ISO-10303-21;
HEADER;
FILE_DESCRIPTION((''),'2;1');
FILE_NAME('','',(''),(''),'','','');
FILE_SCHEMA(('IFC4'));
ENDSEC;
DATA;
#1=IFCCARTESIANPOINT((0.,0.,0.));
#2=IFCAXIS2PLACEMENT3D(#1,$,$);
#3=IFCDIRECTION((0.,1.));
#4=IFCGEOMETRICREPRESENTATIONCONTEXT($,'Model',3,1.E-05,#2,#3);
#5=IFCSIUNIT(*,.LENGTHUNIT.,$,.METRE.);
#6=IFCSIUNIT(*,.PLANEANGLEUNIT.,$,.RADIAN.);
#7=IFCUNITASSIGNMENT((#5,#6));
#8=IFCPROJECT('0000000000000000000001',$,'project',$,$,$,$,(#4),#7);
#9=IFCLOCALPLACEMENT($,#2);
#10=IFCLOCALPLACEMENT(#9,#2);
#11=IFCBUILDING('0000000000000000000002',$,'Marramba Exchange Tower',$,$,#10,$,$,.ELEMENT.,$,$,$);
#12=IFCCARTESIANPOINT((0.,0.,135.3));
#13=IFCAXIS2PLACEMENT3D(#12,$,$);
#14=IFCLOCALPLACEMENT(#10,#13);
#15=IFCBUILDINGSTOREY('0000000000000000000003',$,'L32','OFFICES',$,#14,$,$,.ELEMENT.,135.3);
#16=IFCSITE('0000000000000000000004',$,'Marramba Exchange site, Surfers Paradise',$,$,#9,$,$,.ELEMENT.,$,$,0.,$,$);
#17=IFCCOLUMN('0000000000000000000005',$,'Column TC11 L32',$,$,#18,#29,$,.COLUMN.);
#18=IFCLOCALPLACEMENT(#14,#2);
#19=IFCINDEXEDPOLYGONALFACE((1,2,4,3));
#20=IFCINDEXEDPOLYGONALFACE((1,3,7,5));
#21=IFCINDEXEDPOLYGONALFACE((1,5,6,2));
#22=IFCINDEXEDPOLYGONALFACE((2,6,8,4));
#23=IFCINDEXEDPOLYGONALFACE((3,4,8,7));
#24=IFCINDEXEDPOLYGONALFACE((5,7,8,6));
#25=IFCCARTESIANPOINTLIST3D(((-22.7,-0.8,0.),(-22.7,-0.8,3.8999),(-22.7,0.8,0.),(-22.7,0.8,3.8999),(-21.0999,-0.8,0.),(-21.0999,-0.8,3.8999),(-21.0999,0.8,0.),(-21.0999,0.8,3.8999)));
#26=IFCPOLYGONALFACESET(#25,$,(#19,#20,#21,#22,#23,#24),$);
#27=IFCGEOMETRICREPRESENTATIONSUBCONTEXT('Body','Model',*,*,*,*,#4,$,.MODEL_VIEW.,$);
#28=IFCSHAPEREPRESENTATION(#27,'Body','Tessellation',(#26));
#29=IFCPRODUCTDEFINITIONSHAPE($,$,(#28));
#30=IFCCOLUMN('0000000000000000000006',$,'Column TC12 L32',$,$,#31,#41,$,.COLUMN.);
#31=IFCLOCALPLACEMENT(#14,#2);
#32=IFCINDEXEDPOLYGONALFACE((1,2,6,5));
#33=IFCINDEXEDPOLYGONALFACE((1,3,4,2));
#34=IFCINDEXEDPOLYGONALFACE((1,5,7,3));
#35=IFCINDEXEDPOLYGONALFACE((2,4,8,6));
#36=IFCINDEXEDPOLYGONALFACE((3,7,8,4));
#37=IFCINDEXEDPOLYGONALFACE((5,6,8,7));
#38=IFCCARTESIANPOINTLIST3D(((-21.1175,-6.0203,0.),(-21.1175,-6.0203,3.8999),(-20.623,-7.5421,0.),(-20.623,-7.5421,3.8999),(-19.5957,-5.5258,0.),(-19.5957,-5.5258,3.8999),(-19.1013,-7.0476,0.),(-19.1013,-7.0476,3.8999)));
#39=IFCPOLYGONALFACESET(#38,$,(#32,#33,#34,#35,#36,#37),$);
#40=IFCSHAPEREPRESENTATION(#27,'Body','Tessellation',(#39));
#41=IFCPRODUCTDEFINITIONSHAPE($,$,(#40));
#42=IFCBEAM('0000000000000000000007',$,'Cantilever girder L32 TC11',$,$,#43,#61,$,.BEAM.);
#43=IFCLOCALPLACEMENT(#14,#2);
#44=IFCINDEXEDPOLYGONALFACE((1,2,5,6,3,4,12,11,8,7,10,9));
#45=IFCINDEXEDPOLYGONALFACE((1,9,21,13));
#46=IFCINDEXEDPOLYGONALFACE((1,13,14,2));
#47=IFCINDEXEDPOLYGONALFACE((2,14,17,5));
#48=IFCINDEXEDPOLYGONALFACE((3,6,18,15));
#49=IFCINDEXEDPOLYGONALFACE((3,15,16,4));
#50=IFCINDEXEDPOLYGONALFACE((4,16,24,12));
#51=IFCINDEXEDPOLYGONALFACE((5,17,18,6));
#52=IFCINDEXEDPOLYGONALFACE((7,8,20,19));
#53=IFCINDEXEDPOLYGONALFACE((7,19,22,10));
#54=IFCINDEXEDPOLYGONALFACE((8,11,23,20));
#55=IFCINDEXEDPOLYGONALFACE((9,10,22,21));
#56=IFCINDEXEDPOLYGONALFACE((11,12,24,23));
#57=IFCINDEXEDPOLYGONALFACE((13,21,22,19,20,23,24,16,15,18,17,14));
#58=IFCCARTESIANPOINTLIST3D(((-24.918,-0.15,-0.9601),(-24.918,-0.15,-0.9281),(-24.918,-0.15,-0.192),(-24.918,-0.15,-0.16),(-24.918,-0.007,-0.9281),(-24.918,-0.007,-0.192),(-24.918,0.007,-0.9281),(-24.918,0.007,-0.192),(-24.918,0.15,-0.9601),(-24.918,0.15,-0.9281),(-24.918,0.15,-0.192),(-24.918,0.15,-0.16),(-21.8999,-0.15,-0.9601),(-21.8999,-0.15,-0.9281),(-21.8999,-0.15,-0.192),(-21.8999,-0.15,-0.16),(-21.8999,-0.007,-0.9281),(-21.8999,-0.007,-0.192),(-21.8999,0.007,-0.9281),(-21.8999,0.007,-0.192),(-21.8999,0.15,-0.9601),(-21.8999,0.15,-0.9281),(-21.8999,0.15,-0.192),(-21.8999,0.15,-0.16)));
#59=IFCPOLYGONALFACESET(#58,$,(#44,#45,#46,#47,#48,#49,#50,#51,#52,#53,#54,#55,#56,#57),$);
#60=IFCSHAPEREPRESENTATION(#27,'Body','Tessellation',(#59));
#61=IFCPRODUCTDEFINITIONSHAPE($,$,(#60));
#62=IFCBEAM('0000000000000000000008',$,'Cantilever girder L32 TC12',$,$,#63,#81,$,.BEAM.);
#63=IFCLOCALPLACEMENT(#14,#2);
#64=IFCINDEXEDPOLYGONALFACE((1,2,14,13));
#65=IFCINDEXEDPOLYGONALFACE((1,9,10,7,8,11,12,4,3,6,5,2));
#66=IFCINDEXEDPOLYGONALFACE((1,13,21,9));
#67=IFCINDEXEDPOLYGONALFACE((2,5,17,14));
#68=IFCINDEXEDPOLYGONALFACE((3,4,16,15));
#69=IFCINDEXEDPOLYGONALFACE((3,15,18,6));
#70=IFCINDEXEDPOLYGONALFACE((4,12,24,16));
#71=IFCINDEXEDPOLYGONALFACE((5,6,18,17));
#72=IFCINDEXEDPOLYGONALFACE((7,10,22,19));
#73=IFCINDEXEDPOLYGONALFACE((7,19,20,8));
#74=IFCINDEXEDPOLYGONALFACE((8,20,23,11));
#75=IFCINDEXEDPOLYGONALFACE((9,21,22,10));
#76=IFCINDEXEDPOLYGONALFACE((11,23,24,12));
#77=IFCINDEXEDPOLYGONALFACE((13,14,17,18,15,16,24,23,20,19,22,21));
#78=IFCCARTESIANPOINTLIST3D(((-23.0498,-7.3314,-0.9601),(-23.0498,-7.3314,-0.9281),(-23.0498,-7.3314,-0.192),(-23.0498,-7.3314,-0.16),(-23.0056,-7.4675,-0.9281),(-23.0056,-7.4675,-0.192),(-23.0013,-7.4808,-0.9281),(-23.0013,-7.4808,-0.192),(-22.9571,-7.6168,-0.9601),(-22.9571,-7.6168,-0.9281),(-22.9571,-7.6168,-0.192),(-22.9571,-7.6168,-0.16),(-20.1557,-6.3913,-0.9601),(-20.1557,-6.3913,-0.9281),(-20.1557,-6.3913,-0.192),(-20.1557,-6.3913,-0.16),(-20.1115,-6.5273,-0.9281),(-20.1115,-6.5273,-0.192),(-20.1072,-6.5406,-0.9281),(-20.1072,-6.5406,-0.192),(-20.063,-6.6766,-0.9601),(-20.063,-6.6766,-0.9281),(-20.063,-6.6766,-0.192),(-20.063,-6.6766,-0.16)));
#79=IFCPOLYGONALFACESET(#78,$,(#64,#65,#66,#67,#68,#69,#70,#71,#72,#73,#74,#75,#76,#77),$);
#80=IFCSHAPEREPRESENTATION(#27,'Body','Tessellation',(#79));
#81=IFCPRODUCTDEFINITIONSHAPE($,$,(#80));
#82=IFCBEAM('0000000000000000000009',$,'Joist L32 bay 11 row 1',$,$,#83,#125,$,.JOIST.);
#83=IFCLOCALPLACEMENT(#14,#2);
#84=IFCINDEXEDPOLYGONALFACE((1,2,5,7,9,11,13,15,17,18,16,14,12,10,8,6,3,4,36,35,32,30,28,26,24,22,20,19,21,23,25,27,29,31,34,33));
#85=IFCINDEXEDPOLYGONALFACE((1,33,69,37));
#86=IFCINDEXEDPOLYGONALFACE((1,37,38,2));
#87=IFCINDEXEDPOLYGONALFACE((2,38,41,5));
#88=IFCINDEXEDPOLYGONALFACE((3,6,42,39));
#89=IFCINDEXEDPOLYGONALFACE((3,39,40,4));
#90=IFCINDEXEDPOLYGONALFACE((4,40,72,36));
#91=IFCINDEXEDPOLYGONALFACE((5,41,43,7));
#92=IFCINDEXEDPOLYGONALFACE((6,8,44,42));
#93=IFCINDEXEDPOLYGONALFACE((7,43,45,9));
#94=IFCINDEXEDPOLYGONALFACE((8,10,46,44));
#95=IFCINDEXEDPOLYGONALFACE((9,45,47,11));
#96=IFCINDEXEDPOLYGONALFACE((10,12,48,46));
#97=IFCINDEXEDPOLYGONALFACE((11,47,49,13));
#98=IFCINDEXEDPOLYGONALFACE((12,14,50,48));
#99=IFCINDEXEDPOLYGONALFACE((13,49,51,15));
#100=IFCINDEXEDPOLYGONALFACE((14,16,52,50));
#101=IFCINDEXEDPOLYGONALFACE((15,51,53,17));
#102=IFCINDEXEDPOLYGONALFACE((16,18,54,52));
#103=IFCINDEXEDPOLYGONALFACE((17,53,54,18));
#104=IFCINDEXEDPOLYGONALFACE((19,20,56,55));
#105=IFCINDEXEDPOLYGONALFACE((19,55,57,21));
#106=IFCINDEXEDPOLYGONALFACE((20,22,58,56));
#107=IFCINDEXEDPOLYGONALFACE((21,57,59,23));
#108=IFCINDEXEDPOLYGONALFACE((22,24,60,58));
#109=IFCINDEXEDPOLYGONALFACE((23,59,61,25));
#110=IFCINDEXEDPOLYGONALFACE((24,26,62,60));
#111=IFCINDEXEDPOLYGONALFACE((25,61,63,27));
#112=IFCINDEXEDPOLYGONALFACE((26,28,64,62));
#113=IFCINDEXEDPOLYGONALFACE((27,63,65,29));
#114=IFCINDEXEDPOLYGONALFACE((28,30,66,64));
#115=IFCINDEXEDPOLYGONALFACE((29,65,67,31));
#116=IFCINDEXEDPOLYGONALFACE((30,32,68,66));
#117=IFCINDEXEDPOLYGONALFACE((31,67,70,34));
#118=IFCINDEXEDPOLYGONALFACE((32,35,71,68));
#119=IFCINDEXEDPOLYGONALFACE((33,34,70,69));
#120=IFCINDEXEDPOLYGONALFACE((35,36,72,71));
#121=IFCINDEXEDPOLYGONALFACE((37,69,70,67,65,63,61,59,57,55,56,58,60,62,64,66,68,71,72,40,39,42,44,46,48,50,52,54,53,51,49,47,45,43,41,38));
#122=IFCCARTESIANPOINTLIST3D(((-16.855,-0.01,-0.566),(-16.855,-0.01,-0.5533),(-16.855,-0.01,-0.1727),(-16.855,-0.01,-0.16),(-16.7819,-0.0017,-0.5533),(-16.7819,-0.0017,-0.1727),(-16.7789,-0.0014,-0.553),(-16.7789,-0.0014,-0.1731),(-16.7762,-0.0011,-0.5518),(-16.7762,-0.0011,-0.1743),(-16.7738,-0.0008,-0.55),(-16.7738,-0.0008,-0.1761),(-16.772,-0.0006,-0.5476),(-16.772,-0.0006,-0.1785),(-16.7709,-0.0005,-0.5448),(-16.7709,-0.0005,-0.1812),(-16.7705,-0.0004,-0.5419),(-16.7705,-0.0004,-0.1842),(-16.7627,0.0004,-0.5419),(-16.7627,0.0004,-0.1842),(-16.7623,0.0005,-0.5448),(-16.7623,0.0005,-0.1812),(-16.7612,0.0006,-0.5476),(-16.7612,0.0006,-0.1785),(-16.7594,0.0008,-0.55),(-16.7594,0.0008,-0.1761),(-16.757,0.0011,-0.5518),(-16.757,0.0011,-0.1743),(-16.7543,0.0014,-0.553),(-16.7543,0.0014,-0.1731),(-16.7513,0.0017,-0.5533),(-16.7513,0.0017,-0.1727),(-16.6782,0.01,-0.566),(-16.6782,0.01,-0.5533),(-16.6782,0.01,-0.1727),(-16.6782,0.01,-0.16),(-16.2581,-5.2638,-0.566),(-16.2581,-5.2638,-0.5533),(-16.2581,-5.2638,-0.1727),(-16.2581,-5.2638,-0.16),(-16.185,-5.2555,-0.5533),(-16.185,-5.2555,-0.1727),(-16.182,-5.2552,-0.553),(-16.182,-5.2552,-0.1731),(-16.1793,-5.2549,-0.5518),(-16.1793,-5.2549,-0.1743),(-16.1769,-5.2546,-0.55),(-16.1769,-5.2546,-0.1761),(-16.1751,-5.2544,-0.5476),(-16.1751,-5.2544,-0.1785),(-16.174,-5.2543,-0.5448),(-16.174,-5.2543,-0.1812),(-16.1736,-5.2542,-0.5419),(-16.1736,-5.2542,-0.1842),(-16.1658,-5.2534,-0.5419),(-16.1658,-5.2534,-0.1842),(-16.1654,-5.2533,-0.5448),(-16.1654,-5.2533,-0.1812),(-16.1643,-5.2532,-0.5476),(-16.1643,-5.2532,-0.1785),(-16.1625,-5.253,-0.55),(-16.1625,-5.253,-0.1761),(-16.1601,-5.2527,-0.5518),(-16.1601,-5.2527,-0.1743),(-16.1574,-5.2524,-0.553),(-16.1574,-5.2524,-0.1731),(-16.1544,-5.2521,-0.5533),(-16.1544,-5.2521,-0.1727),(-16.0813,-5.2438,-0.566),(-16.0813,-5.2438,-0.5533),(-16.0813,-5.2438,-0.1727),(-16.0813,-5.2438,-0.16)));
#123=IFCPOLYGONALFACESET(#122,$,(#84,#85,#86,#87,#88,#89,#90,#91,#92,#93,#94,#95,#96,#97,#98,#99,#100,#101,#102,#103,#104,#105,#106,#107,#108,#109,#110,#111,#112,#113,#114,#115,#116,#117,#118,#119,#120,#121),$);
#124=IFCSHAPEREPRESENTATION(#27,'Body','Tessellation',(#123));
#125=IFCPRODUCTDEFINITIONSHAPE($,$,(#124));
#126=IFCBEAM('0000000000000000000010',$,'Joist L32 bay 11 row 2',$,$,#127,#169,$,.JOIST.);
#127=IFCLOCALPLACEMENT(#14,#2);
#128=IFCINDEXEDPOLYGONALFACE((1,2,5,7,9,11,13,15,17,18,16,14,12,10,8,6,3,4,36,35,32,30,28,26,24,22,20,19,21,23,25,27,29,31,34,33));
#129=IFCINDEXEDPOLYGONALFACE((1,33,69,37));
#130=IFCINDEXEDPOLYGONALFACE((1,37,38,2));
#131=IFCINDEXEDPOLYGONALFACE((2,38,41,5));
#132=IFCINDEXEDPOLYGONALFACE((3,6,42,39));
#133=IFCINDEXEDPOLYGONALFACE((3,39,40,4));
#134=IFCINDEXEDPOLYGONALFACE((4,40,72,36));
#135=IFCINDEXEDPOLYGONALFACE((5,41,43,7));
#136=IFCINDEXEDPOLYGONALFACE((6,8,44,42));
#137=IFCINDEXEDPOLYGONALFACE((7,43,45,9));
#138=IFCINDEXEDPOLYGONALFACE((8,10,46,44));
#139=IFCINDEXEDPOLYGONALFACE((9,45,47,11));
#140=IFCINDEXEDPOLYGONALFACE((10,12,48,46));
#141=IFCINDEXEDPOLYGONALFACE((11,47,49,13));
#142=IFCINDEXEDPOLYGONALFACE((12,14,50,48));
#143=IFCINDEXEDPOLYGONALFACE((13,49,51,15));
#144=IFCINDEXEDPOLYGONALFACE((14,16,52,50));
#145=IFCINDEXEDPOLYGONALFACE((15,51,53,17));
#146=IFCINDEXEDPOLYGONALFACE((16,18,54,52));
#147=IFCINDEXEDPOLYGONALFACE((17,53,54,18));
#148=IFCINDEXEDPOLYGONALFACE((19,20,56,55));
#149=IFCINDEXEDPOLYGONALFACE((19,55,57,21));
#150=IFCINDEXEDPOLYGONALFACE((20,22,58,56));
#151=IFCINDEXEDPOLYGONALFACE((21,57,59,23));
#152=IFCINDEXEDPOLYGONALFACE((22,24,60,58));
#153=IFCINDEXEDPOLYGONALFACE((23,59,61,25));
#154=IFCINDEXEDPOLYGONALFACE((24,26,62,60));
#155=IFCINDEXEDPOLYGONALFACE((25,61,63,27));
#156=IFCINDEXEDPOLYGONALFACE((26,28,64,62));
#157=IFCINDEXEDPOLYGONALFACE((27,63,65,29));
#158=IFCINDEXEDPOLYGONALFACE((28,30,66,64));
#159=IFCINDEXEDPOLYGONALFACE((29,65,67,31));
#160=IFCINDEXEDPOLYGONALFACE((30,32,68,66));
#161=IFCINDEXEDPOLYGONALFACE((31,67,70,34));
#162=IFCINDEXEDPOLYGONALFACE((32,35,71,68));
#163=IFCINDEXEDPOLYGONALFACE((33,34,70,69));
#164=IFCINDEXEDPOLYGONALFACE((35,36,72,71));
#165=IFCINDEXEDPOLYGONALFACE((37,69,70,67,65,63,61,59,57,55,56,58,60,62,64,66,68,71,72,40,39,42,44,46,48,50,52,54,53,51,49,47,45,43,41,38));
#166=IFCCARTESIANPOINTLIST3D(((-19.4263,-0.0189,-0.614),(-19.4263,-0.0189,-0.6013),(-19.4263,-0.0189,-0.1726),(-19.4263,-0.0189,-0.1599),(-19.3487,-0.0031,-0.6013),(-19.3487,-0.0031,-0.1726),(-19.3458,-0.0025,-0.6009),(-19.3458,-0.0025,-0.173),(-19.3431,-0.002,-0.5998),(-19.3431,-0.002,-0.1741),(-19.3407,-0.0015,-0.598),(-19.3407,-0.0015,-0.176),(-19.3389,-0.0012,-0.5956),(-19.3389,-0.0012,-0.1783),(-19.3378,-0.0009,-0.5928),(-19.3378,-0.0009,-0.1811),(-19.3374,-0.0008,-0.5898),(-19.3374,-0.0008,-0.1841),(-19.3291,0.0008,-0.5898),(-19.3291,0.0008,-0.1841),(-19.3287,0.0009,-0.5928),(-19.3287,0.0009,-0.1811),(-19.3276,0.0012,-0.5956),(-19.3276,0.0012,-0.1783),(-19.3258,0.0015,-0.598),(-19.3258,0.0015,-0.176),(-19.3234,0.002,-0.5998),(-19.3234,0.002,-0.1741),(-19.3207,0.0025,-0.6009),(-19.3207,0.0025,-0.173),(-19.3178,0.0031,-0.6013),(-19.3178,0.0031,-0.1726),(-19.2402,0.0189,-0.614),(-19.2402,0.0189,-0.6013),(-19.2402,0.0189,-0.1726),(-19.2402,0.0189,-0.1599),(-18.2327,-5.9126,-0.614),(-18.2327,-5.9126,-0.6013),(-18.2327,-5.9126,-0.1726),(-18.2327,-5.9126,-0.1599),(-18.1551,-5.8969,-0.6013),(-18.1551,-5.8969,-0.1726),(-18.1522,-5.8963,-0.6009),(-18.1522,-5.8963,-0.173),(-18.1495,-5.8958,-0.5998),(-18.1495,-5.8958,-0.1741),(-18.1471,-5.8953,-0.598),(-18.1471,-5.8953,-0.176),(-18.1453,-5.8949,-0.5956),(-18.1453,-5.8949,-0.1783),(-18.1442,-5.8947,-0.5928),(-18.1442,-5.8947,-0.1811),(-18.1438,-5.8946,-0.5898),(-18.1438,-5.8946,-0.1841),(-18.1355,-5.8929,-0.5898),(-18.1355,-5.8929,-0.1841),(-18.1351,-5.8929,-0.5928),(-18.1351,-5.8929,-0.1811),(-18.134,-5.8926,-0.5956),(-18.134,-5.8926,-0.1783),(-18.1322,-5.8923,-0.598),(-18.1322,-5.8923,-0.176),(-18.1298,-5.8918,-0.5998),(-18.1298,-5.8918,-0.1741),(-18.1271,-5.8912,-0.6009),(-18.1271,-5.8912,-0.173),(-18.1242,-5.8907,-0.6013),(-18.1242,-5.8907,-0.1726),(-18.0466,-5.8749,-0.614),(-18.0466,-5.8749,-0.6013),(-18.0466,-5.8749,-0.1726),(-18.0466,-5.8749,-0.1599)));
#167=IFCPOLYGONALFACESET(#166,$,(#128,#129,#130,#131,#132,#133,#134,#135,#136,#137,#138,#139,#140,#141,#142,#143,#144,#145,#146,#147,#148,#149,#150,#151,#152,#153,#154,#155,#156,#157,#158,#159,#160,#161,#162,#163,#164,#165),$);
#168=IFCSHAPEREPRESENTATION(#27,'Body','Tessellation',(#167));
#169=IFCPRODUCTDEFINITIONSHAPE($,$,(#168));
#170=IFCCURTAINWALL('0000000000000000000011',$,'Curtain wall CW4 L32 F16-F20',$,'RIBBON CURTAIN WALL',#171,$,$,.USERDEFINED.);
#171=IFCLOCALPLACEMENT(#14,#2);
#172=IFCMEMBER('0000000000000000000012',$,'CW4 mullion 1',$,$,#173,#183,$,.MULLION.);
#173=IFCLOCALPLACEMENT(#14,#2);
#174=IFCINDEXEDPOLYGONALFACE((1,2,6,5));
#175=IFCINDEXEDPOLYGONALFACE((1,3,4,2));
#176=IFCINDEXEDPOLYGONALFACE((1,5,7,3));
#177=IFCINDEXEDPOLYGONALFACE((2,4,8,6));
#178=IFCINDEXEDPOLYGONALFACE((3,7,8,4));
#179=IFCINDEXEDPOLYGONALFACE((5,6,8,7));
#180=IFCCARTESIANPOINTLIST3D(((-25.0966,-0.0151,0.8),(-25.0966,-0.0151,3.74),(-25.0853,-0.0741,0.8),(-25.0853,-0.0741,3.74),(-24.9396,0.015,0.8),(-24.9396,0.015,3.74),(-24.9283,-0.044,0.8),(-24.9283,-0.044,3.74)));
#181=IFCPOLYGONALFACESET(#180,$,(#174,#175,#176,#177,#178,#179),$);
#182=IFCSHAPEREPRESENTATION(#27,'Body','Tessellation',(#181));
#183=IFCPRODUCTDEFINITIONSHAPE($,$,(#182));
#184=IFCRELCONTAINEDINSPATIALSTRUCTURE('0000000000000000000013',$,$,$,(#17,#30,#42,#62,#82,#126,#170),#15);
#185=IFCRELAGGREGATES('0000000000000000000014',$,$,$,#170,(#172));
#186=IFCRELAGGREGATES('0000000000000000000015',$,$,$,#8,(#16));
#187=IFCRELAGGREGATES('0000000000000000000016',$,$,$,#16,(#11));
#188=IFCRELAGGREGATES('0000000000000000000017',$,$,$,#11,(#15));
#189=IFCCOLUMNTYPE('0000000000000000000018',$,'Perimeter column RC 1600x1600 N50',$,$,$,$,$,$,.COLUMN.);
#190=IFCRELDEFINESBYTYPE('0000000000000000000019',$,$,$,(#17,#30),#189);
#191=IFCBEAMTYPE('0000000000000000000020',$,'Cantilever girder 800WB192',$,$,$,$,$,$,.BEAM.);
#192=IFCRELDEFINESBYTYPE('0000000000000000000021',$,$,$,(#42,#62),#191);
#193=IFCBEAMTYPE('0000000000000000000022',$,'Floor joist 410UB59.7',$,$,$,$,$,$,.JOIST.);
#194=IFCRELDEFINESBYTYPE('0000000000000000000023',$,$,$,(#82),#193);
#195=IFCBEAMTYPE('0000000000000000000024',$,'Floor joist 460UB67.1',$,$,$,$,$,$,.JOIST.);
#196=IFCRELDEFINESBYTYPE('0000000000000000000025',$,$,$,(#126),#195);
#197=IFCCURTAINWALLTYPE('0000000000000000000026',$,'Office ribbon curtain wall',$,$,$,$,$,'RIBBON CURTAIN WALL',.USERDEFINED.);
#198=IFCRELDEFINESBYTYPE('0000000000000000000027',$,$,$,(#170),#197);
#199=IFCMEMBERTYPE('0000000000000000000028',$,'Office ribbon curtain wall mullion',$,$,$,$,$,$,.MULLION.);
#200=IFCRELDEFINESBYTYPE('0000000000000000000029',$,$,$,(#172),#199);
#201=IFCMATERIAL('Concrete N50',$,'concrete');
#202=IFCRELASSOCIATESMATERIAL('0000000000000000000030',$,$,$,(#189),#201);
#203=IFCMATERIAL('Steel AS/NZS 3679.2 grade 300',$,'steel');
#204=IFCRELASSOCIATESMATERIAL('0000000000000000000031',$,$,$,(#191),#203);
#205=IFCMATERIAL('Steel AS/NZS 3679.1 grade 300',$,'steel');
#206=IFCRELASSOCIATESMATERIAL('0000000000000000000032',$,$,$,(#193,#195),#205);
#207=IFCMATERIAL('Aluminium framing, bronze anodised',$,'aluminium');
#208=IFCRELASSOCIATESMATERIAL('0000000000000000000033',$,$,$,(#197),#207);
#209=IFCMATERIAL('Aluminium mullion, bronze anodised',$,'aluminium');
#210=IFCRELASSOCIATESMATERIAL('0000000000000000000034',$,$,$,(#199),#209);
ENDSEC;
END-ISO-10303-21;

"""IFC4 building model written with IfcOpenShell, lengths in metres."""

from ifc_helpers import new_model, si_unit, direction, frame, origin, origin_2d, place, context, subcontext, project, spatial, rectangle, i_section, extrude, material, material_profile, profile_set, type_object, element, aggregate, save


model = new_model("IFC4")

# Units and contexts
model_context = context("Model", 3, precision=1e-05, world=origin(), true_north=direction((0.0, 1.0)))
body_context = subcontext(model_context, "Body", "Model", "MODEL_VIEW")
ifc_project = project(units=[si_unit("LENGTHUNIT", "METRE"), si_unit("PLANEANGLEUNIT", "RADIAN")], contexts=[model_context])

# Site, building, storey
site_placement = place(None, origin())
site = spatial("IfcSite", under=ifc_project, at=site_placement, Name="Marramba Exchange site, Surfers Paradise", CompositionType="ELEMENT", RefElevation=0.0)
building_placement = place(site_placement, origin())
building = spatial("IfcBuilding", under=site, at=building_placement, Name="Marramba Exchange Tower", CompositionType="ELEMENT")
storey_placement = place(building_placement, frame((0.0, 0.0, 135.3)))
storey = spatial("IfcBuildingStorey", under=building, at=storey_placement, Name="L32", Description="OFFICES", CompositionType="ELEMENT", Elevation=135.3)

# Columns
ifc_material_1 = material(Name="Concrete N50", Category="concrete")
ifc_material_profile_1 = material_profile(ifc_material_1, rectangle(XDim=1.6001, YDim=1.6001, at=origin_2d()), Name="RC 1600x1600")
ifc_profile_set_1 = profile_set([ifc_material_profile_1], Name="Concrete N50")
column_type = type_object("IfcColumnType", Name="Perimeter column RC 1600x1600 N50", PredefinedType="COLUMN", material=ifc_profile_set_1)
for number, where, z_axis, x_axis, name in (
    (1, (-21.8999, 0.0, 0.0), (0.0, 0.0, 1.0), (-1.0, 0.0, 0.0), "Column TC11 L32"),
    (2, (-20.1094, -6.5339, 0.0), (0.0, 0.0, 1.0), (-0.951057, -0.309017, 0.0), "Column TC12 L32"),
):
    element("IfcColumn", number, at=place(storey_placement, frame(where, z_axis=z_axis, x_axis=x_axis)), inside=storey, type_object=column_type, Name=name, PredefinedType="COLUMN", context=body_context, shape_type="SweptSolid", body=[
        extrude(rectangle(XDim=1.6001, YDim=1.6001, at=origin_2d()), origin(), (0.0, 0.0, 1.0), 3.8999),
    ])

# Beams
ifc_material_2 = material(Name="Steel AS/NZS 3679.2 grade 300", Category="steel")
ifc_material_profile_2 = material_profile(ifc_material_2, i_section(OverallWidth=0.3, OverallDepth=0.8, WebThickness=0.0139, FlangeThickness=0.032, at=origin_2d()), Name="800WB192")
ifc_profile_set_2 = profile_set([ifc_material_profile_2], Name="Steel AS/NZS 3679.2 grade 300")
beam_type_1 = type_object("IfcBeamType", Name="Cantilever girder 800WB192", PredefinedType="BEAM", material=ifc_profile_set_2)
beam_1_placement = place(storey_placement, frame((-21.8999, 0.0, -0.5601), z_axis=(-1.0, 0.0, 0.0), x_axis=(0.0, -1.0, 0.0)))
element("IfcBeam", 3, at=beam_1_placement, inside=storey, type_object=beam_type_1, Name="Cantilever girder L32 TC11", PredefinedType="BEAM", context=body_context, shape_type="SweptSolid", body=[
    extrude(i_section(OverallWidth=0.3, OverallDepth=0.8, WebThickness=0.0139, FlangeThickness=0.032, at=origin_2d()), origin(), (0.0, 0.0, 1.0), 3.0181),
])
beam_2_placement = place(storey_placement, frame((-20.1094, -6.5339, -0.5601), z_axis=(-0.951071, -0.308974, 0.0), x_axis=(0.308974, -0.951071, 0.0)))
element("IfcBeam", 4, at=beam_2_placement, inside=storey, type_object=beam_type_1, Name="Cantilever girder L32 TC12", PredefinedType="BEAM", context=body_context, shape_type="SweptSolid", body=[
    extrude(i_section(OverallWidth=0.3, OverallDepth=0.8, WebThickness=0.0139, FlangeThickness=0.032, at=origin_2d()), origin(), (0.0, 0.0, 1.0), 3.043),
])
ifc_material_3 = material(Name="Steel AS/NZS 3679.1 grade 300", Category="steel")
ifc_material_profile_3 = material_profile(ifc_material_3, i_section(OverallWidth=0.178, OverallDepth=0.406, WebThickness=0.0078, FlangeThickness=0.0127, FilletRadius=0.0115, at=origin_2d()), Name="410UB59.7")
ifc_profile_set_3 = profile_set([ifc_material_profile_3], Name="Steel AS/NZS 3679.1 grade 300")
beam_type_2 = type_object("IfcBeamType", Name="Floor joist 410UB59.7", PredefinedType="JOIST", material=ifc_profile_set_3)
beam_3_placement = place(storey_placement, frame((-16.7666, 0.0, -0.363), z_axis=(0.112889, -0.993608, 0.0), x_axis=(0.993608, 0.112889, 0.0)))
element("IfcBeam", 5, at=beam_3_placement, inside=storey, type_object=beam_type_2, Name="Joist L32 bay 11 row 1", PredefinedType="JOIST", context=body_context, shape_type="SweptSolid", body=[
    extrude(i_section(OverallWidth=0.178, OverallDepth=0.406, WebThickness=0.0078, FlangeThickness=0.0127, FilletRadius=0.0115, at=origin_2d()), origin(), (0.0, 0.0, 1.0), 5.2876),
])
ifc_material_profile_4 = material_profile(ifc_material_3, i_section(OverallWidth=0.1899, OverallDepth=0.4541, WebThickness=0.0085, FlangeThickness=0.0127, FilletRadius=0.0115, at=origin_2d()), Name="460UB67.1")
ifc_profile_set_4 = profile_set([ifc_material_profile_4], Name="Steel AS/NZS 3679.1 grade 300")
beam_type_3 = type_object("IfcBeamType", Name="Floor joist 460UB67.1", PredefinedType="JOIST", material=ifc_profile_set_4)
beam_4_placement = place(storey_placement, frame((-19.3333, 0.0, -0.387), z_axis=(0.198489, -0.980103, 0.0), x_axis=(0.980103, 0.198489, 0.0)))
element("IfcBeam", 6, at=beam_4_placement, inside=storey, type_object=beam_type_3, Name="Joist L32 bay 11 row 2", PredefinedType="JOIST", context=body_context, shape_type="SweptSolid", body=[
    extrude(i_section(OverallWidth=0.1899, OverallDepth=0.4541, WebThickness=0.0085, FlangeThickness=0.0127, FilletRadius=0.0115, at=origin_2d()), origin(), (0.0, 0.0, 1.0), 6.0134),
])

# Curtain wall, member
ifc_material_4 = material(Name="Aluminium framing, bronze anodised", Category="aluminium")
curtain_wall_type = type_object("IfcCurtainWallType", Name="Office ribbon curtain wall", ElementType="RIBBON CURTAIN WALL", PredefinedType="USERDEFINED", material=ifc_material_4)
curtain_wall_placement = place(storey_placement, origin())
curtain_wall = element("IfcCurtainWall", 7, at=curtain_wall_placement, inside=storey, type_object=curtain_wall_type, Name="Curtain wall CW4 L32 F16-F20", ObjectType="RIBBON CURTAIN WALL", PredefinedType="USERDEFINED")
ifc_material_5 = material(Name="Aluminium mullion, bronze anodised", Category="aluminium")
ifc_material_profile_5 = material_profile(ifc_material_5, rectangle(XDim=0.1599, YDim=0.0601, at=origin_2d()), Name="CW4 mullion 60x160")
ifc_profile_set_5 = profile_set([ifc_material_profile_5], Name="Aluminium mullion, bronze anodised")
member_type_1 = type_object("IfcMemberType", Name="Office ribbon curtain wall mullion", PredefinedType="MULLION", material=ifc_profile_set_5)
member_1_placement = place(storey_placement, frame((-25.0125, -0.0295, 0.8), z_axis=(0.0, 0.0, 1.0), x_axis=(0.982126, 0.188227, 0.0)))
member_1 = element("IfcMember", 8, at=member_1_placement, type_object=member_type_1, Name="CW4 mullion 1", PredefinedType="MULLION", context=body_context, shape_type="SweptSolid", body=[
    extrude(rectangle(XDim=0.1599, YDim=0.0601, at=origin_2d()), origin(), (0.0, 0.0, 1.0), 2.9399),
])

aggregate(curtain_wall, [member_1])

save(model, "model.ifc")
